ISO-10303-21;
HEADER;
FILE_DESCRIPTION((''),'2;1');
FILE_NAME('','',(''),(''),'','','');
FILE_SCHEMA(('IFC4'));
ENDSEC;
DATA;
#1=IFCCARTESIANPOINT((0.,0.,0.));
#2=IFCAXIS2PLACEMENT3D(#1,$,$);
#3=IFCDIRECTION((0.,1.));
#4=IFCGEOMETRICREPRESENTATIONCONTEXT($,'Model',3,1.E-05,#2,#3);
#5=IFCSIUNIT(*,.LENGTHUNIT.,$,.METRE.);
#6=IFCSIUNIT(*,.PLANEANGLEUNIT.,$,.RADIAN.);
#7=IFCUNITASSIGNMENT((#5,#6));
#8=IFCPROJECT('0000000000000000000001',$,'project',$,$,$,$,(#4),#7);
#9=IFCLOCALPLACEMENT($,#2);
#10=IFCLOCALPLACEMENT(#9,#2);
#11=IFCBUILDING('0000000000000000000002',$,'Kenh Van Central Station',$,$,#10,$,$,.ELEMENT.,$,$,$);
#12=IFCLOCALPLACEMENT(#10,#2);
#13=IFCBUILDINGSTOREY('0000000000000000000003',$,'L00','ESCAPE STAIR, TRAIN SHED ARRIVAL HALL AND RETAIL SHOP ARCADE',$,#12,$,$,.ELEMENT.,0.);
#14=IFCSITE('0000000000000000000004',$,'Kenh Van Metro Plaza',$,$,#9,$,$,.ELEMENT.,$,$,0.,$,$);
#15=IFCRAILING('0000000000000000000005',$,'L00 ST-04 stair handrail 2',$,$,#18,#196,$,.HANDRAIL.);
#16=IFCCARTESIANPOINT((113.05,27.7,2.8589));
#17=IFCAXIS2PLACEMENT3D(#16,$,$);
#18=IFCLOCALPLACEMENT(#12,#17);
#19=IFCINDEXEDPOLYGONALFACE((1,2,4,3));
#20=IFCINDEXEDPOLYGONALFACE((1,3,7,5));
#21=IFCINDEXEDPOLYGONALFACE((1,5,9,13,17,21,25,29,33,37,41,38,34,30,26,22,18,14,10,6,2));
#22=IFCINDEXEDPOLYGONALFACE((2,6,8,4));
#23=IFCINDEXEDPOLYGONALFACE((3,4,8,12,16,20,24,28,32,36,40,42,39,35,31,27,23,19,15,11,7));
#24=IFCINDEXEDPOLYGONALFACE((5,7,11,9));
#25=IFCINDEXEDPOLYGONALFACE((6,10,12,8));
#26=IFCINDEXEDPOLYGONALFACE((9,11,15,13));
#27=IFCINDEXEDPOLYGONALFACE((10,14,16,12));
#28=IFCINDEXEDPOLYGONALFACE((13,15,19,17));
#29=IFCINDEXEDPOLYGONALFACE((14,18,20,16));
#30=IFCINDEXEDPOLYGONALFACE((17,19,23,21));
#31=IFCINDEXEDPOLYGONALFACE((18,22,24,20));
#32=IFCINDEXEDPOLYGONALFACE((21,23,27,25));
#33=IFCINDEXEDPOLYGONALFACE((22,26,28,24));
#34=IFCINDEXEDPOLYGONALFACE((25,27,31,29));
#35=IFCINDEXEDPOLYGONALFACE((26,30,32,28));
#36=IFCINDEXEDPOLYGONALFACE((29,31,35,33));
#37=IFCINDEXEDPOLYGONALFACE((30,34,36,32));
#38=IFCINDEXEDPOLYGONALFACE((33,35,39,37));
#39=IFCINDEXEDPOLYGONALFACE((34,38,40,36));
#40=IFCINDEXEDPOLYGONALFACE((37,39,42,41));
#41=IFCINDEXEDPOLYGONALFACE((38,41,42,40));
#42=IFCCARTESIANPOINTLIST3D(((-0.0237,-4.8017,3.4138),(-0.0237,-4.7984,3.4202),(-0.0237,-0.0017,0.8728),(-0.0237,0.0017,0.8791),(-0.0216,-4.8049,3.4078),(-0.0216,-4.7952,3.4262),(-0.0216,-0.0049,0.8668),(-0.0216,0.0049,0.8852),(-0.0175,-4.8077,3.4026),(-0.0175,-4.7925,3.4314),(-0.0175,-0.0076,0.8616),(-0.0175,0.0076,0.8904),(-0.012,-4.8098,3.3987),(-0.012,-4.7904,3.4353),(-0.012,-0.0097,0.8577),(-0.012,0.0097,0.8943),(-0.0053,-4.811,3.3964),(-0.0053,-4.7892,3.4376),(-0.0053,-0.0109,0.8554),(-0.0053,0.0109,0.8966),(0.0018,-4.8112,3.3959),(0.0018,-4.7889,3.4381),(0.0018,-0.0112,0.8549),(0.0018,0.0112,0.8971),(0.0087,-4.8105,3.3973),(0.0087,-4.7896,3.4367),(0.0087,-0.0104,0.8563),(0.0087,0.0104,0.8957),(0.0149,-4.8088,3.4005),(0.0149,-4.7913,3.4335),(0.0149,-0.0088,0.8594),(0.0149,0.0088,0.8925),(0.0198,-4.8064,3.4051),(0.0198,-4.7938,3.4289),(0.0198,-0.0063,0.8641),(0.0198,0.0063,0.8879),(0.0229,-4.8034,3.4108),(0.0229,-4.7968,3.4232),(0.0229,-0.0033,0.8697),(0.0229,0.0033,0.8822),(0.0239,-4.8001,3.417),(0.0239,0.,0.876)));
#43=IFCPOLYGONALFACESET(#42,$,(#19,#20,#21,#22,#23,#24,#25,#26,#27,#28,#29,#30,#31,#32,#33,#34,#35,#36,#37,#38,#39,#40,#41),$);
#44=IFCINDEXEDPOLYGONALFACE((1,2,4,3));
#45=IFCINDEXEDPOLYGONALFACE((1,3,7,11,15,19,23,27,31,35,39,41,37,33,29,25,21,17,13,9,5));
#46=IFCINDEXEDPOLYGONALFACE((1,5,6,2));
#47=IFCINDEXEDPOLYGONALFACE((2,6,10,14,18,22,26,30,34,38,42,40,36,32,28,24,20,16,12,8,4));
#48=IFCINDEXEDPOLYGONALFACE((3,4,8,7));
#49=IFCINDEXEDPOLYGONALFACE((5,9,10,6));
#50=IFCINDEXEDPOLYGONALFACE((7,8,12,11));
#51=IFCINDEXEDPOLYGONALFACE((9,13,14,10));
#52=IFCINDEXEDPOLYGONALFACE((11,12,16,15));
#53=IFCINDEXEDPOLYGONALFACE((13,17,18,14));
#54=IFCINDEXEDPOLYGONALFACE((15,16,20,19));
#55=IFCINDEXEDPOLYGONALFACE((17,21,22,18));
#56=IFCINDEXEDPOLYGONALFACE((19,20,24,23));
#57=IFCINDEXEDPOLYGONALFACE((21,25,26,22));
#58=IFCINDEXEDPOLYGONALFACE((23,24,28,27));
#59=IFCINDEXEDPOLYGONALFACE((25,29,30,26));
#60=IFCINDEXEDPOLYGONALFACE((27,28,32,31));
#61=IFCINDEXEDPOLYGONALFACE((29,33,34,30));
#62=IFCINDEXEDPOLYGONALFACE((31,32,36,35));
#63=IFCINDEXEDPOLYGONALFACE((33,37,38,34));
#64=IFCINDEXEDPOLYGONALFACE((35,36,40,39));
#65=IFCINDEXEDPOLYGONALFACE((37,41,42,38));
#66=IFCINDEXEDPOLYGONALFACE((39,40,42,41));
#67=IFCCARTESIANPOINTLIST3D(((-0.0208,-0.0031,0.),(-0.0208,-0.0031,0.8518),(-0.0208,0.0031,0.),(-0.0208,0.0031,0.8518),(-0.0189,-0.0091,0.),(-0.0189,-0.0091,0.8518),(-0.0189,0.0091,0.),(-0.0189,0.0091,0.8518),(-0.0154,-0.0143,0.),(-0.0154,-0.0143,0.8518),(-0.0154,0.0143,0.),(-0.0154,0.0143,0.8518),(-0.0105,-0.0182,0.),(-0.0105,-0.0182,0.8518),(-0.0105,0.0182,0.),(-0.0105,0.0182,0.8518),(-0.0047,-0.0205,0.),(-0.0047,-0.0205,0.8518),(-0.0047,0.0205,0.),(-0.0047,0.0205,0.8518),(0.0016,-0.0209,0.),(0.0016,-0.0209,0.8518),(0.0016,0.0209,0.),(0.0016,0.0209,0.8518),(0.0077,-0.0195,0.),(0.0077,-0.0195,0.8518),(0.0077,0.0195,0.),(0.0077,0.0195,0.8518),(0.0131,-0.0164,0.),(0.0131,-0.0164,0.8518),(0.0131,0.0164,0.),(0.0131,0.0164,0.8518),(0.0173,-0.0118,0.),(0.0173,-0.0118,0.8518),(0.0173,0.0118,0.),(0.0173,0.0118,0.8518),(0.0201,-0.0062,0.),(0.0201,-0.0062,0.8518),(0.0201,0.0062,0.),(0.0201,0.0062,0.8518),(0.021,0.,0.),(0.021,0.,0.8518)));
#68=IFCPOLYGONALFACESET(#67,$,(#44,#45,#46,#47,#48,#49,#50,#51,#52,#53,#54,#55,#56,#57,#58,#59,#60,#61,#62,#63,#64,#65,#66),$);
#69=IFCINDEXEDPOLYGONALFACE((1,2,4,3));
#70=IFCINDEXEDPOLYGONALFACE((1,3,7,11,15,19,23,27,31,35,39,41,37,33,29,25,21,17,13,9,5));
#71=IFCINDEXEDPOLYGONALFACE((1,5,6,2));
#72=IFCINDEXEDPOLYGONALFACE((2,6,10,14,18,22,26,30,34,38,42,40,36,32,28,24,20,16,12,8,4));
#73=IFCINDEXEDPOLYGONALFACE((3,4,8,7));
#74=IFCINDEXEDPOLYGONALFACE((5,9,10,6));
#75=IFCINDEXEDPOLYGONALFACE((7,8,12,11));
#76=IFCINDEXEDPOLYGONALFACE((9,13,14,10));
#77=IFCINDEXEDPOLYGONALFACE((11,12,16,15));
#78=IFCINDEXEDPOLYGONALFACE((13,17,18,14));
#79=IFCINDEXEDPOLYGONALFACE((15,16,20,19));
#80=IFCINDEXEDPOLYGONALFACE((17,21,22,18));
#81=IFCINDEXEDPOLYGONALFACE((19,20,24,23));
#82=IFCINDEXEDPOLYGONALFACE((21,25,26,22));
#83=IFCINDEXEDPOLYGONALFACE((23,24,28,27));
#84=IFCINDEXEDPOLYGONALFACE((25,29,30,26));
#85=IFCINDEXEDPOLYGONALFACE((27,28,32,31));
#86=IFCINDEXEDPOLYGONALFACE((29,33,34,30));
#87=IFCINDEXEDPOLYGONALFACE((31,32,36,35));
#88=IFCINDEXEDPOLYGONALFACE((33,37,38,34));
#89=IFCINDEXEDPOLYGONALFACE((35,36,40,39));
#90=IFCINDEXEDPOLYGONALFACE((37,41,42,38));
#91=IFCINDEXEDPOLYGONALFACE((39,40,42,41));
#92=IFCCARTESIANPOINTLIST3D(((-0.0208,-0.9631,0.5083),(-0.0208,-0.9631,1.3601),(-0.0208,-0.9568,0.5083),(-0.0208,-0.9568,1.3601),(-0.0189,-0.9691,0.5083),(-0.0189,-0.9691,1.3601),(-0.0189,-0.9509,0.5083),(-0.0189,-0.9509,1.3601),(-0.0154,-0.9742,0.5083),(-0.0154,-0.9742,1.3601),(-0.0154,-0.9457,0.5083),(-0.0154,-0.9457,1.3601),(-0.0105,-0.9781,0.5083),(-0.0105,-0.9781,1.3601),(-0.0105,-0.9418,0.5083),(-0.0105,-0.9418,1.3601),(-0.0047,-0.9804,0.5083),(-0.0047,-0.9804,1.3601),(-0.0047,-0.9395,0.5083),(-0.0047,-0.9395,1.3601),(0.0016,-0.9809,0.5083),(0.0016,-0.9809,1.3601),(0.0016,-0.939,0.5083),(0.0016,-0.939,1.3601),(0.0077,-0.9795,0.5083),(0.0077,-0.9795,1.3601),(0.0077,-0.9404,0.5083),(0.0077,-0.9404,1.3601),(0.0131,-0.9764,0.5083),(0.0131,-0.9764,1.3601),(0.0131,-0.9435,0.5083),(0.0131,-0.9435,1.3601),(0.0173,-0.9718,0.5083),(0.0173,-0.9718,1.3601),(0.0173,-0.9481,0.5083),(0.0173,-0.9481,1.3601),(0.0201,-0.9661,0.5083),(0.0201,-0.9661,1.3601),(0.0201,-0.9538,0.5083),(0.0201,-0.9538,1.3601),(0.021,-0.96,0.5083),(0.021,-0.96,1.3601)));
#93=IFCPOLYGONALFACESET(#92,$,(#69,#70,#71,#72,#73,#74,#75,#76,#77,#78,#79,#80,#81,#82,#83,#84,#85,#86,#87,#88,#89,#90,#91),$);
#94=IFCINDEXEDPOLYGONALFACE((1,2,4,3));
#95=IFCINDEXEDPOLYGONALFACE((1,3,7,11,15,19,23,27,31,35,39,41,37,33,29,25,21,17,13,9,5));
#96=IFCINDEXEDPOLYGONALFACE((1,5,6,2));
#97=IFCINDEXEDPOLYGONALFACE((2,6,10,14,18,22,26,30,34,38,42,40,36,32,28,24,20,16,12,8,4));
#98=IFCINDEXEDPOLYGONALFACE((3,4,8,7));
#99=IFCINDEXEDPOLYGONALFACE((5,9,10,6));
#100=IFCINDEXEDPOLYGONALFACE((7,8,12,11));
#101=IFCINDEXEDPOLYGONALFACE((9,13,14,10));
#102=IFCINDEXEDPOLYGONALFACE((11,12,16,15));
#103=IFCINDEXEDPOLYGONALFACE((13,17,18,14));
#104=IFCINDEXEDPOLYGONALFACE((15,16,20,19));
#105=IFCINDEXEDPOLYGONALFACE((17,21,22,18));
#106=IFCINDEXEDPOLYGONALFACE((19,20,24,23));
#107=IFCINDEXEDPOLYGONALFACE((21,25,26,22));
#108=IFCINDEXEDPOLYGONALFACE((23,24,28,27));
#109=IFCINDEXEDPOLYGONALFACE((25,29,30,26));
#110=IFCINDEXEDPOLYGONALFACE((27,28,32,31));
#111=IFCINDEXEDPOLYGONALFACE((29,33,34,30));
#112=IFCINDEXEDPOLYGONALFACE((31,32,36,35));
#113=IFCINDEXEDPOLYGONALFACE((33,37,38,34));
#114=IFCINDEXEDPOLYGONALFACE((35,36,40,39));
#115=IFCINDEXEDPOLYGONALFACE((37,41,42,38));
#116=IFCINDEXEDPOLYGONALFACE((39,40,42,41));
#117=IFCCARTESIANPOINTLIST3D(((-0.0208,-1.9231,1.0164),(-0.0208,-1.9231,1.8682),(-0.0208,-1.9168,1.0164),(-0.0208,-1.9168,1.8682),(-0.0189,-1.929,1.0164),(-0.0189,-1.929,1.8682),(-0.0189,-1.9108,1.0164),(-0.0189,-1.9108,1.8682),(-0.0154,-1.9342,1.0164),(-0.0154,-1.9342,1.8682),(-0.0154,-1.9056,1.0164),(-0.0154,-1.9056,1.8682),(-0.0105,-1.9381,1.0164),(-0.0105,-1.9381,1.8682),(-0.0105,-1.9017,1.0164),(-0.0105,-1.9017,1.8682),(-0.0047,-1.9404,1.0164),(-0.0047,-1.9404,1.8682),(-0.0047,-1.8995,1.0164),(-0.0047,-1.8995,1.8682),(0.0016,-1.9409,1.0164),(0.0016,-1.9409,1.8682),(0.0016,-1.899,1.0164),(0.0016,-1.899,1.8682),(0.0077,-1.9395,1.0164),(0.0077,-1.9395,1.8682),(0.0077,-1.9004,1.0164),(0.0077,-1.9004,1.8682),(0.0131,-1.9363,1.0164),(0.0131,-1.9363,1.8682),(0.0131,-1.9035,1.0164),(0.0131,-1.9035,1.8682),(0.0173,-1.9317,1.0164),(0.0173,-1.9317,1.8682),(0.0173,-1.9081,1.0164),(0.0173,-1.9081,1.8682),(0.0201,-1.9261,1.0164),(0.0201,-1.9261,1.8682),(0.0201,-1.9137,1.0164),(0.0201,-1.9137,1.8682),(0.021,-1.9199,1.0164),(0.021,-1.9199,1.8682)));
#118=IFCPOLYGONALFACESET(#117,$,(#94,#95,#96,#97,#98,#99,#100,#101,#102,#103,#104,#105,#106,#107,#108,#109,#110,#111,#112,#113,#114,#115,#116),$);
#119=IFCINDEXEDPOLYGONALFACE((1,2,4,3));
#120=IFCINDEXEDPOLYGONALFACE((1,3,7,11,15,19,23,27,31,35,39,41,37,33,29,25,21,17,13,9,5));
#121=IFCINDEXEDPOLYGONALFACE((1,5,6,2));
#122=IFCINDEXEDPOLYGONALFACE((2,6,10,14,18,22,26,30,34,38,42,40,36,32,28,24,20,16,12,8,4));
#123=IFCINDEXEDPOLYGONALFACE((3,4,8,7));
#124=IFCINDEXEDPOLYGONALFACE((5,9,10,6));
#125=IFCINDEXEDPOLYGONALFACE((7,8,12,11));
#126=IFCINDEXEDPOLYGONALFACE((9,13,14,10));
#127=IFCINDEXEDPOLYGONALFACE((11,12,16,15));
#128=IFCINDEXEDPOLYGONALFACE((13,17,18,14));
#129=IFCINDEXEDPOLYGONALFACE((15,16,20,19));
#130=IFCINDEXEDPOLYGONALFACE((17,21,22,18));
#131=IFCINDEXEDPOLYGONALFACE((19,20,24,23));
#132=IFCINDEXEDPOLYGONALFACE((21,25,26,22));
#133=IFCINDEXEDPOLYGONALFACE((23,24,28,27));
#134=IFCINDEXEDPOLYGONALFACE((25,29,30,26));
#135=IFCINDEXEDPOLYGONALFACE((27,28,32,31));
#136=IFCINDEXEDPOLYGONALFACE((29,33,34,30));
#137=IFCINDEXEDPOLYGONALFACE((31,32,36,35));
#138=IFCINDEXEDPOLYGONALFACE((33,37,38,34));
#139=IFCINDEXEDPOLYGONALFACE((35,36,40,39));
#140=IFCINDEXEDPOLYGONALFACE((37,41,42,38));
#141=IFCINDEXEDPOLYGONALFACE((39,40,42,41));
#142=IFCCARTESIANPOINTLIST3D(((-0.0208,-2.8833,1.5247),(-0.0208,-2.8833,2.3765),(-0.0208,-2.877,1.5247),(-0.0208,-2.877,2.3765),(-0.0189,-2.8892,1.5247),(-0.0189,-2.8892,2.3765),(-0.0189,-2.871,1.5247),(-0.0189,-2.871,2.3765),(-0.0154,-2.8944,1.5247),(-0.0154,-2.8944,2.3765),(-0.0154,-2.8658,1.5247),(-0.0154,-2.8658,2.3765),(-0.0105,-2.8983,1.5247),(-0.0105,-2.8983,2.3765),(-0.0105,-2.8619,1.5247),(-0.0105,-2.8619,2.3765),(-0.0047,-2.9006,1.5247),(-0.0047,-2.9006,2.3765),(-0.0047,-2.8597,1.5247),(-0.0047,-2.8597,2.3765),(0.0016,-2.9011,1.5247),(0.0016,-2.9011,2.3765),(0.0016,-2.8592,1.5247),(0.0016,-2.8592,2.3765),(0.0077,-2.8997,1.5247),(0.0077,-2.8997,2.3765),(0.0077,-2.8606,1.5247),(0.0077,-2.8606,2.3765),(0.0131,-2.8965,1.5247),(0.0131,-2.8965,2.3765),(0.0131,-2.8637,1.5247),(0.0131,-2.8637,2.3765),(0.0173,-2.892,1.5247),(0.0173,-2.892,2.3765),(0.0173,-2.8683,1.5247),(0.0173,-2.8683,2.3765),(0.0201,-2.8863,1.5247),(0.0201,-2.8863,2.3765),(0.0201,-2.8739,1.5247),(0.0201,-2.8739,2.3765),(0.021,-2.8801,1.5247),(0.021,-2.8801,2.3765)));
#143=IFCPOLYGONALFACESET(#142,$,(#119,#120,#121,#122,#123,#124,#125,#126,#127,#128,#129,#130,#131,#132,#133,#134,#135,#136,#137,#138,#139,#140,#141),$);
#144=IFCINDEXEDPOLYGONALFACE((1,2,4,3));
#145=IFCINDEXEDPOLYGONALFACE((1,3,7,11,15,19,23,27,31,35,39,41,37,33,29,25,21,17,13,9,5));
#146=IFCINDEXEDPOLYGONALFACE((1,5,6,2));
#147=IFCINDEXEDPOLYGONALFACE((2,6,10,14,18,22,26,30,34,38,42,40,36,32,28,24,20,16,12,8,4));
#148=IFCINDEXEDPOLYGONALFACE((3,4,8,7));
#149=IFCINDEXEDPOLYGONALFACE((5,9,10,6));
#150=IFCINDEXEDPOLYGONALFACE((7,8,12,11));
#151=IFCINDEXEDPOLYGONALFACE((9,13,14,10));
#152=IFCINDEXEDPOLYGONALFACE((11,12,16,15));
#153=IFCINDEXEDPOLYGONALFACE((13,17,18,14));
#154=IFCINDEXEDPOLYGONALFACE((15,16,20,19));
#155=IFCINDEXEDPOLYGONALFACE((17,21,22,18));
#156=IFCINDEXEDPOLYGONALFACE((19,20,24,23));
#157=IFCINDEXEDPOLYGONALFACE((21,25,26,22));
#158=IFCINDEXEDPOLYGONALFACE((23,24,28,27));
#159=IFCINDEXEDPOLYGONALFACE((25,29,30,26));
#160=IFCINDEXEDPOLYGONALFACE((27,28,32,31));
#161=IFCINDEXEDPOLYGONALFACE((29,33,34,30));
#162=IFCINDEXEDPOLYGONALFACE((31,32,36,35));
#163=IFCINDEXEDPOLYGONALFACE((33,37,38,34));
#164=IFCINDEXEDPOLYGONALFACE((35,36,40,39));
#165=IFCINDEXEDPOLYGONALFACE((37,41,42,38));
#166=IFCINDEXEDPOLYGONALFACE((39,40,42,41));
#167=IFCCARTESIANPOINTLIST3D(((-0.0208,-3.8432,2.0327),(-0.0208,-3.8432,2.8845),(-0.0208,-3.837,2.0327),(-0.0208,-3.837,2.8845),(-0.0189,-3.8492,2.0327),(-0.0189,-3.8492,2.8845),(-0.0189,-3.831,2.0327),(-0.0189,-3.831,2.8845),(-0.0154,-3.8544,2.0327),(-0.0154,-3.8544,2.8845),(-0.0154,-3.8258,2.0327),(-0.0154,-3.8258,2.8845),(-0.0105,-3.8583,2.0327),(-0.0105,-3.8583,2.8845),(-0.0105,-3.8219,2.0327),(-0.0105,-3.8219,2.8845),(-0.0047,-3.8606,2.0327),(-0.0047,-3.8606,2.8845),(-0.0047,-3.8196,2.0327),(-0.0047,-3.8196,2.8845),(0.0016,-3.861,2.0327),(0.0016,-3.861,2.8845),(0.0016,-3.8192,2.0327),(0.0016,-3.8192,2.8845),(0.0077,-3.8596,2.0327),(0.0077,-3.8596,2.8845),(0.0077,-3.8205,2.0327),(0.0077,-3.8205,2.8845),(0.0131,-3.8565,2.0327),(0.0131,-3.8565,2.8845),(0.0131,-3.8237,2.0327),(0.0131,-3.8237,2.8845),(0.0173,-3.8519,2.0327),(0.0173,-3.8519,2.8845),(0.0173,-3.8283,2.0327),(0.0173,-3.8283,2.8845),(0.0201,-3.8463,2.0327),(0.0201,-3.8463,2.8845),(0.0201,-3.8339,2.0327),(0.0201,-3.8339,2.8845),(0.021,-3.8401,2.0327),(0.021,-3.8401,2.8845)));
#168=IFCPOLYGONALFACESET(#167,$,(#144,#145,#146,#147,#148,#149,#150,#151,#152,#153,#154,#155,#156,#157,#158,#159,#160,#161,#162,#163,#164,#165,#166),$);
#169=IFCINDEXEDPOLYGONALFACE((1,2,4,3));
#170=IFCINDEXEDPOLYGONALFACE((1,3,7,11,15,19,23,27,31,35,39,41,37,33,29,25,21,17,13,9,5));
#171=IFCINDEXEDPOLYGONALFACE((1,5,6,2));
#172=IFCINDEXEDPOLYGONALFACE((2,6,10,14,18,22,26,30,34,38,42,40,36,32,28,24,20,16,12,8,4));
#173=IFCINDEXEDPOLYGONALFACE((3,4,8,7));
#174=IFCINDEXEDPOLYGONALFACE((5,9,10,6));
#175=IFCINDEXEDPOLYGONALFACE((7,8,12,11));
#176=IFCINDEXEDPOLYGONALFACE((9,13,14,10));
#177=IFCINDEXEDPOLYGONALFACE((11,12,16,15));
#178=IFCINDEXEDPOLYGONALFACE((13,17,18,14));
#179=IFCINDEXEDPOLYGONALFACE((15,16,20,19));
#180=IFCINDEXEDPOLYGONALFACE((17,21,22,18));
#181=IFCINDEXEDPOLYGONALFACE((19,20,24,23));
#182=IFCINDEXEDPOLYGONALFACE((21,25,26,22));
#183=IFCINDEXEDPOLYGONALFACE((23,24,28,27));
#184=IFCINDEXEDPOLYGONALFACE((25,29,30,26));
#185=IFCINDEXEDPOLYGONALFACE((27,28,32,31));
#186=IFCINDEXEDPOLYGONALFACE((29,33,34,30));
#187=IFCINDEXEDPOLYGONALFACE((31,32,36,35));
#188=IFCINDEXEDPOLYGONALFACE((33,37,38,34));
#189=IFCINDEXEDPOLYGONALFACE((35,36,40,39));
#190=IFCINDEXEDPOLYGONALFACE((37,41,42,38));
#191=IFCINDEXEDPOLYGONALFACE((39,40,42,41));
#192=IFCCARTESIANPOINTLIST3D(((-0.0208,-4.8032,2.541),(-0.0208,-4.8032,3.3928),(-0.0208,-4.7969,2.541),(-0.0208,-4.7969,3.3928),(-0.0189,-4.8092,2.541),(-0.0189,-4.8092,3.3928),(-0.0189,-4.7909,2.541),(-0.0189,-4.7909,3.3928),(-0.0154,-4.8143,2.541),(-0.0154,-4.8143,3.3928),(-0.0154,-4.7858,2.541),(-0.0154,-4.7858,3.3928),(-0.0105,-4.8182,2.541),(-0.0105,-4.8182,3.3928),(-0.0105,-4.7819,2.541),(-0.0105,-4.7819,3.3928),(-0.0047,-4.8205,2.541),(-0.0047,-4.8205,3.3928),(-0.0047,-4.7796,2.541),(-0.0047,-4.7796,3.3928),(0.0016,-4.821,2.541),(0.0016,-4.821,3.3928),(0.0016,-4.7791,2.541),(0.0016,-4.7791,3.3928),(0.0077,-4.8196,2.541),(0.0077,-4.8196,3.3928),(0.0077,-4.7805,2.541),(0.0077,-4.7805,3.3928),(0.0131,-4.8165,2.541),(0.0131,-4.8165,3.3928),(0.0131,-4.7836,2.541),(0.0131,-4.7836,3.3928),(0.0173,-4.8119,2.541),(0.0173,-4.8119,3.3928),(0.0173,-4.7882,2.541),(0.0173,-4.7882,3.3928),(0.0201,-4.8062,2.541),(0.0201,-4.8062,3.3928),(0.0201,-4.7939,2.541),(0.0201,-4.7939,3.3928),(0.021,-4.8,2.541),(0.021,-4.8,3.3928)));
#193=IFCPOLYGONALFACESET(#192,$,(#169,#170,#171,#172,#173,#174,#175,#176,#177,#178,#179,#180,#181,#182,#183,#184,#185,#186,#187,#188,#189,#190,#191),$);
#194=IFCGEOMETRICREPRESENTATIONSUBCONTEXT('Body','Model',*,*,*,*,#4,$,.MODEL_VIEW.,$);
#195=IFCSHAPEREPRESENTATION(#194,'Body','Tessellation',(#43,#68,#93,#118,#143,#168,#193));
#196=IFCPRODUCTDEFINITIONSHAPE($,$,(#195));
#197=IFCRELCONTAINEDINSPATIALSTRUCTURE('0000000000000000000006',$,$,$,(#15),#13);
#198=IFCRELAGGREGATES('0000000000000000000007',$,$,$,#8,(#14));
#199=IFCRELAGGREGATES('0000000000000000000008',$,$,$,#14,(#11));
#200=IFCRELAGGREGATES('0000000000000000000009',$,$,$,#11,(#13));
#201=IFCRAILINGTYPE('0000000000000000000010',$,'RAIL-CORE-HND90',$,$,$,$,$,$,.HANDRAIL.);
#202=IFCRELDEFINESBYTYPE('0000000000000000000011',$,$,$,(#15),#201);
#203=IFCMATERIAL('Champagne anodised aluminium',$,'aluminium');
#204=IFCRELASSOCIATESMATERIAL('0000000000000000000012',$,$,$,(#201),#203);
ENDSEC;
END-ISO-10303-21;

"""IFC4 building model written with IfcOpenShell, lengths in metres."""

from ifc_helpers import new_model, si_unit, direction, frame, origin, origin_2d, place, context, subcontext, project, spatial, circle, extrude, material, type_object, element, save


model = new_model("IFC4")

# Units and contexts
model_context = context("Model", 3, precision=1e-05, world=origin(), true_north=direction((0.0, 1.0)))
body_context = subcontext(model_context, "Body", "Model", "MODEL_VIEW")
ifc_project = project(units=[si_unit("LENGTHUNIT", "METRE"), si_unit("PLANEANGLEUNIT", "RADIAN")], contexts=[model_context])

# Site, building, storey
site_placement = place(None, origin())
site = spatial("IfcSite", under=ifc_project, at=site_placement, Name="Kenh Van Metro Plaza", CompositionType="ELEMENT", RefElevation=0.0)
building_placement = place(site_placement, origin())
building = spatial("IfcBuilding", under=site, at=building_placement, Name="Kenh Van Central Station", CompositionType="ELEMENT")
storey_placement = place(building_placement, origin())
storey = spatial("IfcBuildingStorey", under=building, at=storey_placement, Name="L00", Description="ESCAPE STAIR, TRAIN SHED ARRIVAL HALL AND RETAIL SHOP ARCADE", CompositionType="ELEMENT", Elevation=0.0)

# Shared definitions
ifc_material_1 = material(Name="Champagne anodised aluminium", Category="aluminium")

# Railing
railing_type_1 = type_object("IfcRailingType", Name="RAIL-CORE-HND90", PredefinedType="HANDRAIL", material=ifc_material_1)
railing_1_placement = place(storey_placement, frame((113.05, 27.7, 2.8589)))
element("IfcRailing", 1, at=railing_1_placement, inside=storey, type_object=railing_type_1, Name="L00 ST-04 stair handrail 2", PredefinedType="HANDRAIL", context=body_context, shape_type="SweptSolid", body=[
    extrude(circle(Radius=0.0239, at=origin_2d()), frame((0.0, 0.0, 0.876), z_axis=(0.0, -0.883802, 0.467861), x_axis=(1.0, 0.0, 0.0)), (0.0, 0.0, 1.0), 5.4312),
    extrude(circle(Radius=0.021, at=origin_2d()), origin(), (0.0, 0.0, 1.0), 0.8518),
    extrude(circle(Radius=0.021, at=origin_2d()), frame((0.0, -0.96, 0.5083)), (0.0, 0.0, 1.0), 0.8518),
    extrude(circle(Radius=0.021, at=origin_2d()), frame((0.0, -1.9199, 1.0164)), (0.0, 0.0, 1.0), 0.8518),
    extrude(circle(Radius=0.021, at=origin_2d()), frame((0.0, -2.8801, 1.5247)), (0.0, 0.0, 1.0), 0.8518),
    extrude(circle(Radius=0.021, at=origin_2d()), frame((0.0, -3.8401, 2.0327)), (0.0, 0.0, 1.0), 0.8518),
    extrude(circle(Radius=0.021, at=origin_2d()), frame((0.0, -4.8, 2.541)), (0.0, 0.0, 1.0), 0.8518),
])

save(model, "model.ifc")
